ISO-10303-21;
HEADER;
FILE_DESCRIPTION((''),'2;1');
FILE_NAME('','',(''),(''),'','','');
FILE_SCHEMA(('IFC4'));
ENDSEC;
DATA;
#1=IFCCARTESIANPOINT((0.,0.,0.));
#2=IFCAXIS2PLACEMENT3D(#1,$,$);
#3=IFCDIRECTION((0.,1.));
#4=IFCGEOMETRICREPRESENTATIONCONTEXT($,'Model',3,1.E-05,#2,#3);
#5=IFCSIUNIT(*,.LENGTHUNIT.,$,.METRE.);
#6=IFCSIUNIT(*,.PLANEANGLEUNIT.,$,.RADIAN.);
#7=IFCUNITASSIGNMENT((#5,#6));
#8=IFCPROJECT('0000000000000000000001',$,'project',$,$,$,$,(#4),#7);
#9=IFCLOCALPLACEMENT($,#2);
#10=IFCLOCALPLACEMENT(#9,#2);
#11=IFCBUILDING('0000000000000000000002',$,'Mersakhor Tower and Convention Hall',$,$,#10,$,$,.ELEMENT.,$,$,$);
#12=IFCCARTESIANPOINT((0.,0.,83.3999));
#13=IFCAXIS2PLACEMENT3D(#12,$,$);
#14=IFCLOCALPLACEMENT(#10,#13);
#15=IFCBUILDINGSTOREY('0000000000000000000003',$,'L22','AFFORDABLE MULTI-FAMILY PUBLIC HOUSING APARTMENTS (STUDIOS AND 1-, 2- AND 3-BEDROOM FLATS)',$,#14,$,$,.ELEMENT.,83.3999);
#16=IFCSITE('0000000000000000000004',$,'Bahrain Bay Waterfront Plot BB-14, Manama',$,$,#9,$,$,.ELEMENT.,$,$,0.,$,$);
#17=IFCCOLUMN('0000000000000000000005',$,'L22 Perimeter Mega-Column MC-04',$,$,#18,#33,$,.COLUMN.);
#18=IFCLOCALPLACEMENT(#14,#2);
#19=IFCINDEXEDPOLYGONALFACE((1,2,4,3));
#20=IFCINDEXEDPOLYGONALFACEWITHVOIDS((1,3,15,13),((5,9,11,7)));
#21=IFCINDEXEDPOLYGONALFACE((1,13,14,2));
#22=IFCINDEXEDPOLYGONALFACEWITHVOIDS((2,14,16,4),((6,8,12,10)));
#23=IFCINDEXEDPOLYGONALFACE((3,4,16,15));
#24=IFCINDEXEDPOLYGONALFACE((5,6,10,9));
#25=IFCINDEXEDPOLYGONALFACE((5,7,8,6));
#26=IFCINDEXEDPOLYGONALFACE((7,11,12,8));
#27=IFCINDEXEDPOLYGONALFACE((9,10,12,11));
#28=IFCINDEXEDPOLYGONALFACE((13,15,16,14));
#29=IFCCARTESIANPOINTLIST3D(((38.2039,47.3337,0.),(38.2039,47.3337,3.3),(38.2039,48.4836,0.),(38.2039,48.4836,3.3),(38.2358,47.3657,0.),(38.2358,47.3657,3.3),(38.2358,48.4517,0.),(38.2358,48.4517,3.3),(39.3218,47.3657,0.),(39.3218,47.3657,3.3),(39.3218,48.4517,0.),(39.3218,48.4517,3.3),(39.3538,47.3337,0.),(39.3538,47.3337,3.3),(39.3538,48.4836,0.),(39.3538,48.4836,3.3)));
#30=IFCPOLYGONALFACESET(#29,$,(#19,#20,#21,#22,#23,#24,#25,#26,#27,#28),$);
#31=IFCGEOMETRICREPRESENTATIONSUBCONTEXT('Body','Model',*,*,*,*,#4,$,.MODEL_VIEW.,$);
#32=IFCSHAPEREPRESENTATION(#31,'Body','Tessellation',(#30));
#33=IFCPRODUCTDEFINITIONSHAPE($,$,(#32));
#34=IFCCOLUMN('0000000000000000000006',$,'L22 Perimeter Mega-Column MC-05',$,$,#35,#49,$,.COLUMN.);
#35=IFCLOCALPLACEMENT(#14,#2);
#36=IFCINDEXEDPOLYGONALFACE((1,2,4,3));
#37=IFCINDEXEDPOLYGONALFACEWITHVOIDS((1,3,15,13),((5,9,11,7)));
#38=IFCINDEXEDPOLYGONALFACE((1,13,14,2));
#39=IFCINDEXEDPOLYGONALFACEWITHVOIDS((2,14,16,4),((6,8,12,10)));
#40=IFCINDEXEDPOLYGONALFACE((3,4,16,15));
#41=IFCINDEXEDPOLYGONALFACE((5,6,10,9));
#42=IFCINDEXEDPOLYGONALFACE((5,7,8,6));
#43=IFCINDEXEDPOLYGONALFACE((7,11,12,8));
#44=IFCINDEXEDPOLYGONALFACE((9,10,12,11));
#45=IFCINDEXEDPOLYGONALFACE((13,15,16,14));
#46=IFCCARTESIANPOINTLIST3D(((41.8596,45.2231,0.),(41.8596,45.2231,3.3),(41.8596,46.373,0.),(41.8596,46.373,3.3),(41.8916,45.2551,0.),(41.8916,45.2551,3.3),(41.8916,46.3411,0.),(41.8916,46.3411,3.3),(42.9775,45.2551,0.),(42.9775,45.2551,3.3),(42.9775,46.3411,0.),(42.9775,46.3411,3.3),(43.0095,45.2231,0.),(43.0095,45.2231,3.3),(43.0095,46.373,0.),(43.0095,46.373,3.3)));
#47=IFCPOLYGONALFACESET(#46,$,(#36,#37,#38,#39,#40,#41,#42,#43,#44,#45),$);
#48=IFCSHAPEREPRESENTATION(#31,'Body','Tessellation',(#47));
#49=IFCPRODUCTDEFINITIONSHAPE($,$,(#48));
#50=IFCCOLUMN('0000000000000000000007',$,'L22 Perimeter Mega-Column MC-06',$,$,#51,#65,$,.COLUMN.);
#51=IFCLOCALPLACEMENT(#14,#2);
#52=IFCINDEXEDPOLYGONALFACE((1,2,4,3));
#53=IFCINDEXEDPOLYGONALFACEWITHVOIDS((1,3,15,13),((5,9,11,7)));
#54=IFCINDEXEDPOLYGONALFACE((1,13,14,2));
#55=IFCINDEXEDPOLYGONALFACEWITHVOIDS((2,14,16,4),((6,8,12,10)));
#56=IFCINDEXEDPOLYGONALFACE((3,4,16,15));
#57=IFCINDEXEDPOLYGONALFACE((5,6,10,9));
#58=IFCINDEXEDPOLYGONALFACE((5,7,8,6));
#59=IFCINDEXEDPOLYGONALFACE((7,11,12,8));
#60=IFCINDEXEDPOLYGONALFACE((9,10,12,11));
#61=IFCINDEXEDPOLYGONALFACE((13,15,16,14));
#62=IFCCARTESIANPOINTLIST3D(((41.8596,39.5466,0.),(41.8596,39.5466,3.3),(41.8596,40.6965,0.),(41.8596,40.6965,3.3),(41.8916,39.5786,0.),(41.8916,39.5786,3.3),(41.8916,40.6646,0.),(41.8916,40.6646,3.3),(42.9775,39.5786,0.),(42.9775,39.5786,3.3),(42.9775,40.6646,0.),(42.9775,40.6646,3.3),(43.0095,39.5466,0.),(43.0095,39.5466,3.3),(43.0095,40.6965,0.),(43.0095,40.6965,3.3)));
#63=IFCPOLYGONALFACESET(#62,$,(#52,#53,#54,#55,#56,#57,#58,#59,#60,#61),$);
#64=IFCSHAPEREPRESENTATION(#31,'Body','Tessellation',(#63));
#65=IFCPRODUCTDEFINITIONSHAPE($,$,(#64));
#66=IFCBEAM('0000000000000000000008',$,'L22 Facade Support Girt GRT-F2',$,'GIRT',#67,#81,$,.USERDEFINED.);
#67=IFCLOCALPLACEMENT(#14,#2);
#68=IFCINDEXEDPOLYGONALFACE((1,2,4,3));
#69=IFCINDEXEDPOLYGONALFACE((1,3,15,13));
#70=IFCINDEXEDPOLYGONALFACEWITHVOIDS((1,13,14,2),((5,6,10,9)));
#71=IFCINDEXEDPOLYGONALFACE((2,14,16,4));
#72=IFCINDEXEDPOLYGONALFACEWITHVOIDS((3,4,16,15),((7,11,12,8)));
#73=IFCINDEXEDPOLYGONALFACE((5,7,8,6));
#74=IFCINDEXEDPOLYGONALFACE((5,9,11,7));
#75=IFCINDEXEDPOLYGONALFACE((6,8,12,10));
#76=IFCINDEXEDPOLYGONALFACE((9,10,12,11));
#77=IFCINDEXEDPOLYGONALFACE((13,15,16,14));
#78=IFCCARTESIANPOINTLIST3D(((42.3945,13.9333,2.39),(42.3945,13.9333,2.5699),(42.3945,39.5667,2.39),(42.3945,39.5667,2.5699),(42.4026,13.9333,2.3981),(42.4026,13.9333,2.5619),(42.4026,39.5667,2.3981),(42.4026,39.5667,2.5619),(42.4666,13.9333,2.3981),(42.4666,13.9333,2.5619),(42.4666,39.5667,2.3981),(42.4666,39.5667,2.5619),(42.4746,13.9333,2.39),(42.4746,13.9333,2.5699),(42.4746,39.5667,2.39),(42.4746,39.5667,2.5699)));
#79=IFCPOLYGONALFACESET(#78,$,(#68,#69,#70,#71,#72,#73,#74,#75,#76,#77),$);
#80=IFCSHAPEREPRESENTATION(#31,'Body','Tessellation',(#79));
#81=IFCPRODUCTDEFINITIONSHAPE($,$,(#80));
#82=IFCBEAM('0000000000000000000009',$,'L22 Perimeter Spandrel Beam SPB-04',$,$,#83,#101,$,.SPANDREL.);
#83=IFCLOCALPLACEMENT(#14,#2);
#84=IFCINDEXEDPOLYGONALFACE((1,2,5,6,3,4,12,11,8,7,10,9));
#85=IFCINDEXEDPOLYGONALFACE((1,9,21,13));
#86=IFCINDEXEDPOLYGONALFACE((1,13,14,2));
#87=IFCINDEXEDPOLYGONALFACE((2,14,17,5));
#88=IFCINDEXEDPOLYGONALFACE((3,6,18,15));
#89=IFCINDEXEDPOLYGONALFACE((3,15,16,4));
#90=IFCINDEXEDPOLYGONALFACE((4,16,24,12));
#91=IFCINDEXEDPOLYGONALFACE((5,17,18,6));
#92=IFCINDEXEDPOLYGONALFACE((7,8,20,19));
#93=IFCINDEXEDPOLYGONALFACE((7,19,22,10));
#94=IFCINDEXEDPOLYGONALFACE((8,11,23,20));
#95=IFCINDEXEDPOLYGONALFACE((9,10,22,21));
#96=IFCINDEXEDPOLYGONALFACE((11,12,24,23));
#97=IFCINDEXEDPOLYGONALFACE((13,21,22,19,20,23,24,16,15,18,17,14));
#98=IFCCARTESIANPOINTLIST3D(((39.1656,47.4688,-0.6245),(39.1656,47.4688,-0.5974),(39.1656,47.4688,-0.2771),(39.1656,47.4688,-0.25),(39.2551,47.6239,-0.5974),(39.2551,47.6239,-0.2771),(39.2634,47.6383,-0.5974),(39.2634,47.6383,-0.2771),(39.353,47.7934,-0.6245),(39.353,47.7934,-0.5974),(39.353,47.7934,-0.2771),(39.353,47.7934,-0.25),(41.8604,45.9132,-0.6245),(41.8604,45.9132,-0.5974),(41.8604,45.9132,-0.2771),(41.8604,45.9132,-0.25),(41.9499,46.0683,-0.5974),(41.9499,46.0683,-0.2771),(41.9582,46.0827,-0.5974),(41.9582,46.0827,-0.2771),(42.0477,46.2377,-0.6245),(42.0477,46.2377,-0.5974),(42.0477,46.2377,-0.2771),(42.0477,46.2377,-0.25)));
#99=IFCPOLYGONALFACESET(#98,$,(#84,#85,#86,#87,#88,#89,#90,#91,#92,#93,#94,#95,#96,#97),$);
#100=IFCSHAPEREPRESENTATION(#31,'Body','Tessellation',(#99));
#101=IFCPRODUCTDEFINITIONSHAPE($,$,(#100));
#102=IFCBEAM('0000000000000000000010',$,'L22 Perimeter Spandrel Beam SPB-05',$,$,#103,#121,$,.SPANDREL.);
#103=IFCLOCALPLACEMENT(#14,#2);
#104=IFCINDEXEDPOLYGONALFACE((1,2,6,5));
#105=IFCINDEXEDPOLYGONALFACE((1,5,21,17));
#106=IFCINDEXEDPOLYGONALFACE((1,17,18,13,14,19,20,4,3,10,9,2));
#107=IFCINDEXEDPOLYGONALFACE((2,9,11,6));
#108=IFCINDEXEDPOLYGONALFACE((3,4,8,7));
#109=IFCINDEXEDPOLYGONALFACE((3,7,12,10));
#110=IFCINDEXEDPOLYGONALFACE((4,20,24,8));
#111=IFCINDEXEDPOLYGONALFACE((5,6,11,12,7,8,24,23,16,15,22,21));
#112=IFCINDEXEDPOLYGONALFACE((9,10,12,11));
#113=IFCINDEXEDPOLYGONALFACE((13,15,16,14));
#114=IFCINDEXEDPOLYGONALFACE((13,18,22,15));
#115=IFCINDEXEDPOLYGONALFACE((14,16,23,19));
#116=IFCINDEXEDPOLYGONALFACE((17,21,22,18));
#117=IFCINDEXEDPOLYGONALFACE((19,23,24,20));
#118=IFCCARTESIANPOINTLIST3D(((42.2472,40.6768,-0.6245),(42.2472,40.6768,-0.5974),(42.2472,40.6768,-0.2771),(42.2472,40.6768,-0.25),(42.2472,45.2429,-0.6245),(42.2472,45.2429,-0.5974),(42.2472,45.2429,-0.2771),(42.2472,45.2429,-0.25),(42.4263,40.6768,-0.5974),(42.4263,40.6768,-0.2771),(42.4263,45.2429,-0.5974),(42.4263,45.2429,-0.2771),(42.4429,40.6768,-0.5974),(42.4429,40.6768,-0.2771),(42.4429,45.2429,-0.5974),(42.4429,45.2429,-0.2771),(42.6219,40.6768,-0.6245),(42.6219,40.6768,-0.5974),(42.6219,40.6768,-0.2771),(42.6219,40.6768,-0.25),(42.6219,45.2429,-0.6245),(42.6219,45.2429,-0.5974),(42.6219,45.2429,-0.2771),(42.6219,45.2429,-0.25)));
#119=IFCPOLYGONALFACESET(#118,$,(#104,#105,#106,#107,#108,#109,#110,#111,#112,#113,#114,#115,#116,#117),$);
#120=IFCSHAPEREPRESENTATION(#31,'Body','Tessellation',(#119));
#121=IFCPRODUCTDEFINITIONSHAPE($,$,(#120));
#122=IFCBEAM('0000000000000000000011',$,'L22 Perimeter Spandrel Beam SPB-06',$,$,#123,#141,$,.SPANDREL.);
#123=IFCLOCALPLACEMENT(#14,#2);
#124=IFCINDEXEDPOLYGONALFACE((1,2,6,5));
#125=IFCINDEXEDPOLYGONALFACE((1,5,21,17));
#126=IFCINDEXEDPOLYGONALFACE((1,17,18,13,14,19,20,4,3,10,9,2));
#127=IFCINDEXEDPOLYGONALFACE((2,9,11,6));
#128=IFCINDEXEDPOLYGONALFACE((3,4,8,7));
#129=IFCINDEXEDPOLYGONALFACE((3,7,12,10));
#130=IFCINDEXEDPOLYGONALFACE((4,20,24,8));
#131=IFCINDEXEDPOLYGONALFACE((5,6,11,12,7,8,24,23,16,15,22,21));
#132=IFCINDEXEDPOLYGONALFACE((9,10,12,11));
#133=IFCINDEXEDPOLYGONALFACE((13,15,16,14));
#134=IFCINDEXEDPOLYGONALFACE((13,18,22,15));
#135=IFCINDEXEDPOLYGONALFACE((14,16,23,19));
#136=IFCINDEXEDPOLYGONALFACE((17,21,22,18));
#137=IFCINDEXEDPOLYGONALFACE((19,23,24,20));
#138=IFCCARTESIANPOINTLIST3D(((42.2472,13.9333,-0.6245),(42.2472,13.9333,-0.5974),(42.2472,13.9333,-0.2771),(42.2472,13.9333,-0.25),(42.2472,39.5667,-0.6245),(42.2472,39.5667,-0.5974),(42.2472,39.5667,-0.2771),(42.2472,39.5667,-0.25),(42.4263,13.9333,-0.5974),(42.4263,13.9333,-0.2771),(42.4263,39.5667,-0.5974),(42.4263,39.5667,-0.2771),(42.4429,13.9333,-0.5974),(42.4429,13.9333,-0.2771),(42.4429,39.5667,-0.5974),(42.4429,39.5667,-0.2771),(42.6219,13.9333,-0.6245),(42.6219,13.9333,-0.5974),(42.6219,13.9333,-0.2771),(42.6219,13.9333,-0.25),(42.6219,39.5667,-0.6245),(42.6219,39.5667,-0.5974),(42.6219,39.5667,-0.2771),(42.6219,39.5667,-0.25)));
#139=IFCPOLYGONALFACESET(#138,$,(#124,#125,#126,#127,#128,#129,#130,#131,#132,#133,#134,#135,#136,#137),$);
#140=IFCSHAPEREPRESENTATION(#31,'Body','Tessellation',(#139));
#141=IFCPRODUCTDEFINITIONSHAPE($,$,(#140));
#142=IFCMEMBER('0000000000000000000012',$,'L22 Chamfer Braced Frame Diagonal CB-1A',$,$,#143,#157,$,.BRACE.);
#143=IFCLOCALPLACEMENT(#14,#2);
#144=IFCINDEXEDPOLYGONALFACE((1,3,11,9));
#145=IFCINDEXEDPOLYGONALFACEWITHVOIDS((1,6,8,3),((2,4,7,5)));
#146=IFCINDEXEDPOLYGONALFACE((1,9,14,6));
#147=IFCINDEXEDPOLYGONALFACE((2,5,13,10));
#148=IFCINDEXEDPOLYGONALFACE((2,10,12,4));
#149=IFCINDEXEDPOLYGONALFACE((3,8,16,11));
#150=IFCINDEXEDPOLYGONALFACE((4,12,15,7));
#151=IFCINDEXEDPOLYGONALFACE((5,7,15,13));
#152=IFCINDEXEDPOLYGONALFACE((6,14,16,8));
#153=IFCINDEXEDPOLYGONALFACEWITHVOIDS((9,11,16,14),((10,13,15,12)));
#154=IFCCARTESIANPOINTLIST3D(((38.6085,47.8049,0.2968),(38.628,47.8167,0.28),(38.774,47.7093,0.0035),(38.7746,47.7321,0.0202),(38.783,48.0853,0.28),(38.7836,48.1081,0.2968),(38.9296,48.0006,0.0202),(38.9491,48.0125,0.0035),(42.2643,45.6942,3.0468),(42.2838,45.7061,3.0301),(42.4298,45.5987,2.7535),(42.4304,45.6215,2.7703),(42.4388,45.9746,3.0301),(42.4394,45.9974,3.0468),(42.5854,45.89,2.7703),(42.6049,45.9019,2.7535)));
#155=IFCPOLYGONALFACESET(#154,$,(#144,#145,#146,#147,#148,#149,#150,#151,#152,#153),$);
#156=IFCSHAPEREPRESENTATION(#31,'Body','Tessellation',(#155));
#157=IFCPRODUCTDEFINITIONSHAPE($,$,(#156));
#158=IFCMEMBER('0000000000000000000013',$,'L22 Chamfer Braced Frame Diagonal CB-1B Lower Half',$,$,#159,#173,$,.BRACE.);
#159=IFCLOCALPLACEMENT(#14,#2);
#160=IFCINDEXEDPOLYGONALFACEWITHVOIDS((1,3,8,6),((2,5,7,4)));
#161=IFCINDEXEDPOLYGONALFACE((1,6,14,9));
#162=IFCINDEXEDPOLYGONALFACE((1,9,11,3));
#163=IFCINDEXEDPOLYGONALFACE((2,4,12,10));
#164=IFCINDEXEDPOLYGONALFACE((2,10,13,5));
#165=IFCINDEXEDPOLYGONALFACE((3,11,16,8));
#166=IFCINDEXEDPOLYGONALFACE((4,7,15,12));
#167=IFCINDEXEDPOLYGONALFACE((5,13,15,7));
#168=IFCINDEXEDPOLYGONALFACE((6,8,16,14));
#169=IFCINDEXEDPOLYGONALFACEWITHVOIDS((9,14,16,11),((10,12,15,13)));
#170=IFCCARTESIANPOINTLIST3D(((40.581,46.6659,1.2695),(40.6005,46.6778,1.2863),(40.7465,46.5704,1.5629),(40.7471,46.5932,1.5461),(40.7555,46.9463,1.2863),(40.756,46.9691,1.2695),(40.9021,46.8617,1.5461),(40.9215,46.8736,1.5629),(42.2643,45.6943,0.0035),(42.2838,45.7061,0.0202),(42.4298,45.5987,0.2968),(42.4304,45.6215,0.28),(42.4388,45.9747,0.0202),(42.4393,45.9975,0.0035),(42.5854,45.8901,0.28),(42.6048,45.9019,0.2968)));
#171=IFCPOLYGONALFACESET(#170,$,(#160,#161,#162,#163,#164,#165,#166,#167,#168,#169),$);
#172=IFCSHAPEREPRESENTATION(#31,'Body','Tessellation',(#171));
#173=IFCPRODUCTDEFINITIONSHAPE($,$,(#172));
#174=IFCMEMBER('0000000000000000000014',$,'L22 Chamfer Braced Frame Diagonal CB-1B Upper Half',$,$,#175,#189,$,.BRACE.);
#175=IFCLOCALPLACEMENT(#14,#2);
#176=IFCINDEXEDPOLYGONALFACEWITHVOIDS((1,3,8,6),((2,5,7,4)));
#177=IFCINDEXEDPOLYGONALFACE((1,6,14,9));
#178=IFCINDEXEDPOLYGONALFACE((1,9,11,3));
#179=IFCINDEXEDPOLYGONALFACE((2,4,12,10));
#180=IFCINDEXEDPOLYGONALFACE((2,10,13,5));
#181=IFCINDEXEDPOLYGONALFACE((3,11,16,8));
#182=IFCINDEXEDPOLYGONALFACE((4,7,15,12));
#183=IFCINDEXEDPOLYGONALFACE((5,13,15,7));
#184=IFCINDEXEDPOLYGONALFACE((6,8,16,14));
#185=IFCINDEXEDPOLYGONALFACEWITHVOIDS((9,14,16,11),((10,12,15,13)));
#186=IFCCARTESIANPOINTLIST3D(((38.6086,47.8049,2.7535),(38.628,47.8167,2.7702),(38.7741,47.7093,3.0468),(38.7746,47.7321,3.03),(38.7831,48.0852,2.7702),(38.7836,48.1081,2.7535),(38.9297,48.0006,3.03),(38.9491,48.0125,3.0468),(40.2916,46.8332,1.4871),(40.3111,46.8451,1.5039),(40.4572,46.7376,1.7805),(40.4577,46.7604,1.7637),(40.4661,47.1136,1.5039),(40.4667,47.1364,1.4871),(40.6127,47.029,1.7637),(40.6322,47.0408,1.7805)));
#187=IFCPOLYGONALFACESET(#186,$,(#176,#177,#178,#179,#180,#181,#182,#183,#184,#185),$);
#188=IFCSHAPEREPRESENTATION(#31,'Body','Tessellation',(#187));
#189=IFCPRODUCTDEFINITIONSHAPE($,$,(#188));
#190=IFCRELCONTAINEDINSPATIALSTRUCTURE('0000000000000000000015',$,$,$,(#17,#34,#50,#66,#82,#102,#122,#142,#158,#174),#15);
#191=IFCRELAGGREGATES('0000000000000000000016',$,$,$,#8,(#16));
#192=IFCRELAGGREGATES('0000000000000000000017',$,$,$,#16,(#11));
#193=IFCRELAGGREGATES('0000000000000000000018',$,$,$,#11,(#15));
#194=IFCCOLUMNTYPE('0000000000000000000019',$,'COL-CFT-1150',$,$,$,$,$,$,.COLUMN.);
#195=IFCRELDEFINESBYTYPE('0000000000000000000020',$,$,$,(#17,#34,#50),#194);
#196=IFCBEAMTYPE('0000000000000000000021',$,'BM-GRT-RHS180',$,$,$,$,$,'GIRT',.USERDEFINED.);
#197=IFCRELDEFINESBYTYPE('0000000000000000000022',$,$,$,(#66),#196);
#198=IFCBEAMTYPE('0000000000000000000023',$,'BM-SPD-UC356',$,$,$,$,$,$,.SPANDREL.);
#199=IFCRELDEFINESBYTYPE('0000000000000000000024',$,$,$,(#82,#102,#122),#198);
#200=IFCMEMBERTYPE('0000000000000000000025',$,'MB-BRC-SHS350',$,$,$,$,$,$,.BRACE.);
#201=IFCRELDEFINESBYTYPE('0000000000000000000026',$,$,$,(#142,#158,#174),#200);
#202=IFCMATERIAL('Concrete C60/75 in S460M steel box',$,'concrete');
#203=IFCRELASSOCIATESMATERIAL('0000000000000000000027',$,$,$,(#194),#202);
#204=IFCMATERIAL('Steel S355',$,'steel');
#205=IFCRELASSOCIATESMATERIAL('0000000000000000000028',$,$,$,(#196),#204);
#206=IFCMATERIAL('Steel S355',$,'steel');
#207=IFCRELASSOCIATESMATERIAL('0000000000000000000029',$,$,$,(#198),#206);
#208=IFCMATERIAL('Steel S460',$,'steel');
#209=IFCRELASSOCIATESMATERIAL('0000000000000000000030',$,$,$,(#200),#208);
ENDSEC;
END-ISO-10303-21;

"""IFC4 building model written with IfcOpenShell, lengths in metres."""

from ifc_helpers import new_model, si_unit, direction, frame, origin, origin_2d, place, context, subcontext, project, spatial, hollow_rectangle, i_section, extrude, material, material_profile, profile_set, type_object, element, save


model = new_model("IFC4")

# Units and contexts
model_context = context("Model", 3, precision=1e-05, world=origin(), true_north=direction((0.0, 1.0)))
body_context = subcontext(model_context, "Body", "Model", "MODEL_VIEW")
ifc_project = project(units=[si_unit("LENGTHUNIT", "METRE"), si_unit("PLANEANGLEUNIT", "RADIAN")], contexts=[model_context])

# Site, building, storey
site_placement = place(None, origin())
site = spatial("IfcSite", under=ifc_project, at=site_placement, Name="Bahrain Bay Waterfront Plot BB-14, Manama", CompositionType="ELEMENT", RefElevation=0.0)
building_placement = place(site_placement, origin())
building = spatial("IfcBuilding", under=site, at=building_placement, Name="Mersakhor Tower and Convention Hall", CompositionType="ELEMENT")
storey_placement = place(building_placement, frame((0.0, 0.0, 83.3999)))
storey = spatial("IfcBuildingStorey", under=building, at=storey_placement, Name="L22", Description="AFFORDABLE MULTI-FAMILY PUBLIC HOUSING APARTMENTS (STUDIOS AND 1-, 2- AND 3-BEDROOM FLATS)", CompositionType="ELEMENT", Elevation=83.3999)

# Columns
ifc_material_1 = material(Name="Concrete C60/75 in S460M steel box", Category="concrete")
ifc_material_profile_1 = material_profile(ifc_material_1, hollow_rectangle(XDim=1.1499, YDim=1.1499, WallThickness=0.032, at=origin_2d()), Name="SHS 1150x1150x32")
ifc_profile_set_1 = profile_set([ifc_material_profile_1], Name="Concrete C60/75 in S460M steel box")
column_type = type_object("IfcColumnType", Name="COL-CFT-1150", PredefinedType="COLUMN", material=ifc_profile_set_1)
for number, where, z_axis, x_axis, name in (
    (1, (38.7788, 47.9087, 0.0), (0.0, 0.0, 1.0), (1.0, 0.0, 0.0), "L22 Perimeter Mega-Column MC-04"),
    (2, (42.4346, 45.7981, 0.0), (0.0, 0.0, 1.0), (1.0, 0.0, 0.0), "L22 Perimeter Mega-Column MC-05"),
    (3, (42.4346, 40.1216, 0.0), (0.0, 0.0, 1.0), (1.0, 0.0, 0.0), "L22 Perimeter Mega-Column MC-06"),
):
    element("IfcColumn", number, at=place(storey_placement, frame(where, z_axis=z_axis, x_axis=x_axis)), inside=storey, type_object=column_type, Name=name, PredefinedType="COLUMN", context=body_context, shape_type="SweptSolid", body=[
        extrude(hollow_rectangle(XDim=1.1499, YDim=1.1499, WallThickness=0.032, at=origin_2d()), origin(), (0.0, 0.0, 1.0), 3.3),
    ])

# Beams
ifc_material_2 = material(Name="Steel S355", Category="steel")
ifc_material_profile_2 = material_profile(ifc_material_2, hollow_rectangle(XDim=0.0801, YDim=0.1799, WallThickness=0.0081, at=origin_2d()), Name="RHS 180x80x8")
ifc_profile_set_2 = profile_set([ifc_material_profile_2], Name="Steel S355")
beam_type_1 = type_object("IfcBeamType", Name="BM-GRT-RHS180", ElementType="GIRT", PredefinedType="USERDEFINED", material=ifc_profile_set_2)
beam_1_placement = place(storey_placement, frame((42.4346, 39.5667, 2.48), z_axis=(0.0, -1.0, 0.0), x_axis=(1.0, 0.0, 0.0)))
element("IfcBeam", 4, at=beam_1_placement, inside=storey, type_object=beam_type_1, Name="L22 Facade Support Girt GRT-F2", ObjectType="GIRT", PredefinedType="USERDEFINED", context=body_context, shape_type="SweptSolid", body=[
    extrude(hollow_rectangle(XDim=0.0801, YDim=0.1799, WallThickness=0.0081, at=origin_2d()), origin(), (0.0, 0.0, 1.0), 25.6333),
])
ifc_material_3 = material(Name="Steel S355", Category="steel")
ifc_material_profile_3 = material_profile(ifc_material_3, i_section(OverallWidth=0.3748, OverallDepth=0.3745, WebThickness=0.0166, FlangeThickness=0.0271, at=origin_2d()), Name="UC 356x368x202")
ifc_profile_set_3 = profile_set([ifc_material_profile_3], Name="Steel S355")
beam_type_2 = type_object("IfcBeamType", Name="BM-SPD-UC356", PredefinedType="SPANDREL", material=ifc_profile_set_3)
beam_2_placement = place(storey_placement, frame((39.2593, 47.6311, -0.4373), z_axis=(0.866052, -0.499953, 0.0), x_axis=(0.499953, 0.866052, 0.0)))
element("IfcBeam", 5, at=beam_2_placement, inside=storey, type_object=beam_type_2, Name="L22 Perimeter Spandrel Beam SPB-04", PredefinedType="SPANDREL", context=body_context, shape_type="SweptSolid", body=[
    extrude(i_section(OverallWidth=0.3748, OverallDepth=0.3745, WebThickness=0.0166, FlangeThickness=0.0271, at=origin_2d()), origin(), (0.0, 0.0, 1.0), 3.1116),
])
beam_3_placement = place(storey_placement, frame((42.4346, 45.2429, -0.4373), z_axis=(0.0, -1.0, 0.0), x_axis=(1.0, 0.0, 0.0)))
element("IfcBeam", 6, at=beam_3_placement, inside=storey, type_object=beam_type_2, Name="L22 Perimeter Spandrel Beam SPB-05", PredefinedType="SPANDREL", context=body_context, shape_type="SweptSolid", body=[
    extrude(i_section(OverallWidth=0.3748, OverallDepth=0.3745, WebThickness=0.0166, FlangeThickness=0.0271, at=origin_2d()), origin(), (0.0, 0.0, 1.0), 4.5662),
])
beam_4_placement = place(storey_placement, frame((42.4346, 39.5667, -0.4373), z_axis=(0.0, -1.0, 0.0), x_axis=(1.0, 0.0, 0.0)))
element("IfcBeam", 7, at=beam_4_placement, inside=storey, type_object=beam_type_2, Name="L22 Perimeter Spandrel Beam SPB-06", PredefinedType="SPANDREL", context=body_context, shape_type="SweptSolid", body=[
    extrude(i_section(OverallWidth=0.3748, OverallDepth=0.3745, WebThickness=0.0166, FlangeThickness=0.0271, at=origin_2d()), origin(), (0.0, 0.0, 1.0), 25.6333),
])

# Members
ifc_material_4 = material(Name="Steel S460", Category="steel")
ifc_material_profile_4 = material_profile(ifc_material_4, hollow_rectangle(XDim=0.3501, YDim=0.3501, WallThickness=0.02, at=origin_2d()), Name="SHS 350x350x20")
ifc_profile_set_4 = profile_set([ifc_material_profile_4], Name="Steel S460")
member_type = type_object("IfcMemberType", Name="MB-BRC-SHS350", PredefinedType="BRACE", material=ifc_profile_set_4)
member_placement = place(storey_placement, frame((38.7788, 47.9087, 0.1501), z_axis=(0.725634, -0.418933, 0.545849), x_axis=(0.499989, 0.866031, 0.0)))
element("IfcMember", 8, at=member_placement, inside=storey, type_object=member_type, Name="L22 Chamfer Braced Frame Diagonal CB-1A", PredefinedType="BRACE", context=body_context, shape_type="SweptSolid", body=[
    extrude(hollow_rectangle(XDim=0.3501, YDim=0.3501, WallThickness=0.02, at=origin_2d()), origin(), (0.0, 0.0, 1.0), 5.0381),
])
for number, where, z_axis, x_axis, name in (
    (9, (42.4346, 45.7981, 0.1501), (-0.725685, 0.418887, 0.545816), (-0.499922, -0.866071, 0.0), "L22 Chamfer Braced Frame Diagonal CB-1B Lower Half"),
    (10, (40.4619, 46.937, 1.6338), (-0.725593, 0.418895, 0.545932), (-0.499976, -0.866039, 0.0), "L22 Chamfer Braced Frame Diagonal CB-1B Upper Half"),
):
    element("IfcMember", number, at=place(storey_placement, frame(where, z_axis=z_axis, x_axis=x_axis)), inside=storey, type_object=member_type, Name=name, PredefinedType="BRACE", context=body_context, shape_type="SweptSolid", body=[
        extrude(hollow_rectangle(XDim=0.3501, YDim=0.3501, WallThickness=0.02, at=origin_2d()), origin(), (0.0, 0.0, 1.0), 2.3196),
    ])

save(model, "model.ifc")
